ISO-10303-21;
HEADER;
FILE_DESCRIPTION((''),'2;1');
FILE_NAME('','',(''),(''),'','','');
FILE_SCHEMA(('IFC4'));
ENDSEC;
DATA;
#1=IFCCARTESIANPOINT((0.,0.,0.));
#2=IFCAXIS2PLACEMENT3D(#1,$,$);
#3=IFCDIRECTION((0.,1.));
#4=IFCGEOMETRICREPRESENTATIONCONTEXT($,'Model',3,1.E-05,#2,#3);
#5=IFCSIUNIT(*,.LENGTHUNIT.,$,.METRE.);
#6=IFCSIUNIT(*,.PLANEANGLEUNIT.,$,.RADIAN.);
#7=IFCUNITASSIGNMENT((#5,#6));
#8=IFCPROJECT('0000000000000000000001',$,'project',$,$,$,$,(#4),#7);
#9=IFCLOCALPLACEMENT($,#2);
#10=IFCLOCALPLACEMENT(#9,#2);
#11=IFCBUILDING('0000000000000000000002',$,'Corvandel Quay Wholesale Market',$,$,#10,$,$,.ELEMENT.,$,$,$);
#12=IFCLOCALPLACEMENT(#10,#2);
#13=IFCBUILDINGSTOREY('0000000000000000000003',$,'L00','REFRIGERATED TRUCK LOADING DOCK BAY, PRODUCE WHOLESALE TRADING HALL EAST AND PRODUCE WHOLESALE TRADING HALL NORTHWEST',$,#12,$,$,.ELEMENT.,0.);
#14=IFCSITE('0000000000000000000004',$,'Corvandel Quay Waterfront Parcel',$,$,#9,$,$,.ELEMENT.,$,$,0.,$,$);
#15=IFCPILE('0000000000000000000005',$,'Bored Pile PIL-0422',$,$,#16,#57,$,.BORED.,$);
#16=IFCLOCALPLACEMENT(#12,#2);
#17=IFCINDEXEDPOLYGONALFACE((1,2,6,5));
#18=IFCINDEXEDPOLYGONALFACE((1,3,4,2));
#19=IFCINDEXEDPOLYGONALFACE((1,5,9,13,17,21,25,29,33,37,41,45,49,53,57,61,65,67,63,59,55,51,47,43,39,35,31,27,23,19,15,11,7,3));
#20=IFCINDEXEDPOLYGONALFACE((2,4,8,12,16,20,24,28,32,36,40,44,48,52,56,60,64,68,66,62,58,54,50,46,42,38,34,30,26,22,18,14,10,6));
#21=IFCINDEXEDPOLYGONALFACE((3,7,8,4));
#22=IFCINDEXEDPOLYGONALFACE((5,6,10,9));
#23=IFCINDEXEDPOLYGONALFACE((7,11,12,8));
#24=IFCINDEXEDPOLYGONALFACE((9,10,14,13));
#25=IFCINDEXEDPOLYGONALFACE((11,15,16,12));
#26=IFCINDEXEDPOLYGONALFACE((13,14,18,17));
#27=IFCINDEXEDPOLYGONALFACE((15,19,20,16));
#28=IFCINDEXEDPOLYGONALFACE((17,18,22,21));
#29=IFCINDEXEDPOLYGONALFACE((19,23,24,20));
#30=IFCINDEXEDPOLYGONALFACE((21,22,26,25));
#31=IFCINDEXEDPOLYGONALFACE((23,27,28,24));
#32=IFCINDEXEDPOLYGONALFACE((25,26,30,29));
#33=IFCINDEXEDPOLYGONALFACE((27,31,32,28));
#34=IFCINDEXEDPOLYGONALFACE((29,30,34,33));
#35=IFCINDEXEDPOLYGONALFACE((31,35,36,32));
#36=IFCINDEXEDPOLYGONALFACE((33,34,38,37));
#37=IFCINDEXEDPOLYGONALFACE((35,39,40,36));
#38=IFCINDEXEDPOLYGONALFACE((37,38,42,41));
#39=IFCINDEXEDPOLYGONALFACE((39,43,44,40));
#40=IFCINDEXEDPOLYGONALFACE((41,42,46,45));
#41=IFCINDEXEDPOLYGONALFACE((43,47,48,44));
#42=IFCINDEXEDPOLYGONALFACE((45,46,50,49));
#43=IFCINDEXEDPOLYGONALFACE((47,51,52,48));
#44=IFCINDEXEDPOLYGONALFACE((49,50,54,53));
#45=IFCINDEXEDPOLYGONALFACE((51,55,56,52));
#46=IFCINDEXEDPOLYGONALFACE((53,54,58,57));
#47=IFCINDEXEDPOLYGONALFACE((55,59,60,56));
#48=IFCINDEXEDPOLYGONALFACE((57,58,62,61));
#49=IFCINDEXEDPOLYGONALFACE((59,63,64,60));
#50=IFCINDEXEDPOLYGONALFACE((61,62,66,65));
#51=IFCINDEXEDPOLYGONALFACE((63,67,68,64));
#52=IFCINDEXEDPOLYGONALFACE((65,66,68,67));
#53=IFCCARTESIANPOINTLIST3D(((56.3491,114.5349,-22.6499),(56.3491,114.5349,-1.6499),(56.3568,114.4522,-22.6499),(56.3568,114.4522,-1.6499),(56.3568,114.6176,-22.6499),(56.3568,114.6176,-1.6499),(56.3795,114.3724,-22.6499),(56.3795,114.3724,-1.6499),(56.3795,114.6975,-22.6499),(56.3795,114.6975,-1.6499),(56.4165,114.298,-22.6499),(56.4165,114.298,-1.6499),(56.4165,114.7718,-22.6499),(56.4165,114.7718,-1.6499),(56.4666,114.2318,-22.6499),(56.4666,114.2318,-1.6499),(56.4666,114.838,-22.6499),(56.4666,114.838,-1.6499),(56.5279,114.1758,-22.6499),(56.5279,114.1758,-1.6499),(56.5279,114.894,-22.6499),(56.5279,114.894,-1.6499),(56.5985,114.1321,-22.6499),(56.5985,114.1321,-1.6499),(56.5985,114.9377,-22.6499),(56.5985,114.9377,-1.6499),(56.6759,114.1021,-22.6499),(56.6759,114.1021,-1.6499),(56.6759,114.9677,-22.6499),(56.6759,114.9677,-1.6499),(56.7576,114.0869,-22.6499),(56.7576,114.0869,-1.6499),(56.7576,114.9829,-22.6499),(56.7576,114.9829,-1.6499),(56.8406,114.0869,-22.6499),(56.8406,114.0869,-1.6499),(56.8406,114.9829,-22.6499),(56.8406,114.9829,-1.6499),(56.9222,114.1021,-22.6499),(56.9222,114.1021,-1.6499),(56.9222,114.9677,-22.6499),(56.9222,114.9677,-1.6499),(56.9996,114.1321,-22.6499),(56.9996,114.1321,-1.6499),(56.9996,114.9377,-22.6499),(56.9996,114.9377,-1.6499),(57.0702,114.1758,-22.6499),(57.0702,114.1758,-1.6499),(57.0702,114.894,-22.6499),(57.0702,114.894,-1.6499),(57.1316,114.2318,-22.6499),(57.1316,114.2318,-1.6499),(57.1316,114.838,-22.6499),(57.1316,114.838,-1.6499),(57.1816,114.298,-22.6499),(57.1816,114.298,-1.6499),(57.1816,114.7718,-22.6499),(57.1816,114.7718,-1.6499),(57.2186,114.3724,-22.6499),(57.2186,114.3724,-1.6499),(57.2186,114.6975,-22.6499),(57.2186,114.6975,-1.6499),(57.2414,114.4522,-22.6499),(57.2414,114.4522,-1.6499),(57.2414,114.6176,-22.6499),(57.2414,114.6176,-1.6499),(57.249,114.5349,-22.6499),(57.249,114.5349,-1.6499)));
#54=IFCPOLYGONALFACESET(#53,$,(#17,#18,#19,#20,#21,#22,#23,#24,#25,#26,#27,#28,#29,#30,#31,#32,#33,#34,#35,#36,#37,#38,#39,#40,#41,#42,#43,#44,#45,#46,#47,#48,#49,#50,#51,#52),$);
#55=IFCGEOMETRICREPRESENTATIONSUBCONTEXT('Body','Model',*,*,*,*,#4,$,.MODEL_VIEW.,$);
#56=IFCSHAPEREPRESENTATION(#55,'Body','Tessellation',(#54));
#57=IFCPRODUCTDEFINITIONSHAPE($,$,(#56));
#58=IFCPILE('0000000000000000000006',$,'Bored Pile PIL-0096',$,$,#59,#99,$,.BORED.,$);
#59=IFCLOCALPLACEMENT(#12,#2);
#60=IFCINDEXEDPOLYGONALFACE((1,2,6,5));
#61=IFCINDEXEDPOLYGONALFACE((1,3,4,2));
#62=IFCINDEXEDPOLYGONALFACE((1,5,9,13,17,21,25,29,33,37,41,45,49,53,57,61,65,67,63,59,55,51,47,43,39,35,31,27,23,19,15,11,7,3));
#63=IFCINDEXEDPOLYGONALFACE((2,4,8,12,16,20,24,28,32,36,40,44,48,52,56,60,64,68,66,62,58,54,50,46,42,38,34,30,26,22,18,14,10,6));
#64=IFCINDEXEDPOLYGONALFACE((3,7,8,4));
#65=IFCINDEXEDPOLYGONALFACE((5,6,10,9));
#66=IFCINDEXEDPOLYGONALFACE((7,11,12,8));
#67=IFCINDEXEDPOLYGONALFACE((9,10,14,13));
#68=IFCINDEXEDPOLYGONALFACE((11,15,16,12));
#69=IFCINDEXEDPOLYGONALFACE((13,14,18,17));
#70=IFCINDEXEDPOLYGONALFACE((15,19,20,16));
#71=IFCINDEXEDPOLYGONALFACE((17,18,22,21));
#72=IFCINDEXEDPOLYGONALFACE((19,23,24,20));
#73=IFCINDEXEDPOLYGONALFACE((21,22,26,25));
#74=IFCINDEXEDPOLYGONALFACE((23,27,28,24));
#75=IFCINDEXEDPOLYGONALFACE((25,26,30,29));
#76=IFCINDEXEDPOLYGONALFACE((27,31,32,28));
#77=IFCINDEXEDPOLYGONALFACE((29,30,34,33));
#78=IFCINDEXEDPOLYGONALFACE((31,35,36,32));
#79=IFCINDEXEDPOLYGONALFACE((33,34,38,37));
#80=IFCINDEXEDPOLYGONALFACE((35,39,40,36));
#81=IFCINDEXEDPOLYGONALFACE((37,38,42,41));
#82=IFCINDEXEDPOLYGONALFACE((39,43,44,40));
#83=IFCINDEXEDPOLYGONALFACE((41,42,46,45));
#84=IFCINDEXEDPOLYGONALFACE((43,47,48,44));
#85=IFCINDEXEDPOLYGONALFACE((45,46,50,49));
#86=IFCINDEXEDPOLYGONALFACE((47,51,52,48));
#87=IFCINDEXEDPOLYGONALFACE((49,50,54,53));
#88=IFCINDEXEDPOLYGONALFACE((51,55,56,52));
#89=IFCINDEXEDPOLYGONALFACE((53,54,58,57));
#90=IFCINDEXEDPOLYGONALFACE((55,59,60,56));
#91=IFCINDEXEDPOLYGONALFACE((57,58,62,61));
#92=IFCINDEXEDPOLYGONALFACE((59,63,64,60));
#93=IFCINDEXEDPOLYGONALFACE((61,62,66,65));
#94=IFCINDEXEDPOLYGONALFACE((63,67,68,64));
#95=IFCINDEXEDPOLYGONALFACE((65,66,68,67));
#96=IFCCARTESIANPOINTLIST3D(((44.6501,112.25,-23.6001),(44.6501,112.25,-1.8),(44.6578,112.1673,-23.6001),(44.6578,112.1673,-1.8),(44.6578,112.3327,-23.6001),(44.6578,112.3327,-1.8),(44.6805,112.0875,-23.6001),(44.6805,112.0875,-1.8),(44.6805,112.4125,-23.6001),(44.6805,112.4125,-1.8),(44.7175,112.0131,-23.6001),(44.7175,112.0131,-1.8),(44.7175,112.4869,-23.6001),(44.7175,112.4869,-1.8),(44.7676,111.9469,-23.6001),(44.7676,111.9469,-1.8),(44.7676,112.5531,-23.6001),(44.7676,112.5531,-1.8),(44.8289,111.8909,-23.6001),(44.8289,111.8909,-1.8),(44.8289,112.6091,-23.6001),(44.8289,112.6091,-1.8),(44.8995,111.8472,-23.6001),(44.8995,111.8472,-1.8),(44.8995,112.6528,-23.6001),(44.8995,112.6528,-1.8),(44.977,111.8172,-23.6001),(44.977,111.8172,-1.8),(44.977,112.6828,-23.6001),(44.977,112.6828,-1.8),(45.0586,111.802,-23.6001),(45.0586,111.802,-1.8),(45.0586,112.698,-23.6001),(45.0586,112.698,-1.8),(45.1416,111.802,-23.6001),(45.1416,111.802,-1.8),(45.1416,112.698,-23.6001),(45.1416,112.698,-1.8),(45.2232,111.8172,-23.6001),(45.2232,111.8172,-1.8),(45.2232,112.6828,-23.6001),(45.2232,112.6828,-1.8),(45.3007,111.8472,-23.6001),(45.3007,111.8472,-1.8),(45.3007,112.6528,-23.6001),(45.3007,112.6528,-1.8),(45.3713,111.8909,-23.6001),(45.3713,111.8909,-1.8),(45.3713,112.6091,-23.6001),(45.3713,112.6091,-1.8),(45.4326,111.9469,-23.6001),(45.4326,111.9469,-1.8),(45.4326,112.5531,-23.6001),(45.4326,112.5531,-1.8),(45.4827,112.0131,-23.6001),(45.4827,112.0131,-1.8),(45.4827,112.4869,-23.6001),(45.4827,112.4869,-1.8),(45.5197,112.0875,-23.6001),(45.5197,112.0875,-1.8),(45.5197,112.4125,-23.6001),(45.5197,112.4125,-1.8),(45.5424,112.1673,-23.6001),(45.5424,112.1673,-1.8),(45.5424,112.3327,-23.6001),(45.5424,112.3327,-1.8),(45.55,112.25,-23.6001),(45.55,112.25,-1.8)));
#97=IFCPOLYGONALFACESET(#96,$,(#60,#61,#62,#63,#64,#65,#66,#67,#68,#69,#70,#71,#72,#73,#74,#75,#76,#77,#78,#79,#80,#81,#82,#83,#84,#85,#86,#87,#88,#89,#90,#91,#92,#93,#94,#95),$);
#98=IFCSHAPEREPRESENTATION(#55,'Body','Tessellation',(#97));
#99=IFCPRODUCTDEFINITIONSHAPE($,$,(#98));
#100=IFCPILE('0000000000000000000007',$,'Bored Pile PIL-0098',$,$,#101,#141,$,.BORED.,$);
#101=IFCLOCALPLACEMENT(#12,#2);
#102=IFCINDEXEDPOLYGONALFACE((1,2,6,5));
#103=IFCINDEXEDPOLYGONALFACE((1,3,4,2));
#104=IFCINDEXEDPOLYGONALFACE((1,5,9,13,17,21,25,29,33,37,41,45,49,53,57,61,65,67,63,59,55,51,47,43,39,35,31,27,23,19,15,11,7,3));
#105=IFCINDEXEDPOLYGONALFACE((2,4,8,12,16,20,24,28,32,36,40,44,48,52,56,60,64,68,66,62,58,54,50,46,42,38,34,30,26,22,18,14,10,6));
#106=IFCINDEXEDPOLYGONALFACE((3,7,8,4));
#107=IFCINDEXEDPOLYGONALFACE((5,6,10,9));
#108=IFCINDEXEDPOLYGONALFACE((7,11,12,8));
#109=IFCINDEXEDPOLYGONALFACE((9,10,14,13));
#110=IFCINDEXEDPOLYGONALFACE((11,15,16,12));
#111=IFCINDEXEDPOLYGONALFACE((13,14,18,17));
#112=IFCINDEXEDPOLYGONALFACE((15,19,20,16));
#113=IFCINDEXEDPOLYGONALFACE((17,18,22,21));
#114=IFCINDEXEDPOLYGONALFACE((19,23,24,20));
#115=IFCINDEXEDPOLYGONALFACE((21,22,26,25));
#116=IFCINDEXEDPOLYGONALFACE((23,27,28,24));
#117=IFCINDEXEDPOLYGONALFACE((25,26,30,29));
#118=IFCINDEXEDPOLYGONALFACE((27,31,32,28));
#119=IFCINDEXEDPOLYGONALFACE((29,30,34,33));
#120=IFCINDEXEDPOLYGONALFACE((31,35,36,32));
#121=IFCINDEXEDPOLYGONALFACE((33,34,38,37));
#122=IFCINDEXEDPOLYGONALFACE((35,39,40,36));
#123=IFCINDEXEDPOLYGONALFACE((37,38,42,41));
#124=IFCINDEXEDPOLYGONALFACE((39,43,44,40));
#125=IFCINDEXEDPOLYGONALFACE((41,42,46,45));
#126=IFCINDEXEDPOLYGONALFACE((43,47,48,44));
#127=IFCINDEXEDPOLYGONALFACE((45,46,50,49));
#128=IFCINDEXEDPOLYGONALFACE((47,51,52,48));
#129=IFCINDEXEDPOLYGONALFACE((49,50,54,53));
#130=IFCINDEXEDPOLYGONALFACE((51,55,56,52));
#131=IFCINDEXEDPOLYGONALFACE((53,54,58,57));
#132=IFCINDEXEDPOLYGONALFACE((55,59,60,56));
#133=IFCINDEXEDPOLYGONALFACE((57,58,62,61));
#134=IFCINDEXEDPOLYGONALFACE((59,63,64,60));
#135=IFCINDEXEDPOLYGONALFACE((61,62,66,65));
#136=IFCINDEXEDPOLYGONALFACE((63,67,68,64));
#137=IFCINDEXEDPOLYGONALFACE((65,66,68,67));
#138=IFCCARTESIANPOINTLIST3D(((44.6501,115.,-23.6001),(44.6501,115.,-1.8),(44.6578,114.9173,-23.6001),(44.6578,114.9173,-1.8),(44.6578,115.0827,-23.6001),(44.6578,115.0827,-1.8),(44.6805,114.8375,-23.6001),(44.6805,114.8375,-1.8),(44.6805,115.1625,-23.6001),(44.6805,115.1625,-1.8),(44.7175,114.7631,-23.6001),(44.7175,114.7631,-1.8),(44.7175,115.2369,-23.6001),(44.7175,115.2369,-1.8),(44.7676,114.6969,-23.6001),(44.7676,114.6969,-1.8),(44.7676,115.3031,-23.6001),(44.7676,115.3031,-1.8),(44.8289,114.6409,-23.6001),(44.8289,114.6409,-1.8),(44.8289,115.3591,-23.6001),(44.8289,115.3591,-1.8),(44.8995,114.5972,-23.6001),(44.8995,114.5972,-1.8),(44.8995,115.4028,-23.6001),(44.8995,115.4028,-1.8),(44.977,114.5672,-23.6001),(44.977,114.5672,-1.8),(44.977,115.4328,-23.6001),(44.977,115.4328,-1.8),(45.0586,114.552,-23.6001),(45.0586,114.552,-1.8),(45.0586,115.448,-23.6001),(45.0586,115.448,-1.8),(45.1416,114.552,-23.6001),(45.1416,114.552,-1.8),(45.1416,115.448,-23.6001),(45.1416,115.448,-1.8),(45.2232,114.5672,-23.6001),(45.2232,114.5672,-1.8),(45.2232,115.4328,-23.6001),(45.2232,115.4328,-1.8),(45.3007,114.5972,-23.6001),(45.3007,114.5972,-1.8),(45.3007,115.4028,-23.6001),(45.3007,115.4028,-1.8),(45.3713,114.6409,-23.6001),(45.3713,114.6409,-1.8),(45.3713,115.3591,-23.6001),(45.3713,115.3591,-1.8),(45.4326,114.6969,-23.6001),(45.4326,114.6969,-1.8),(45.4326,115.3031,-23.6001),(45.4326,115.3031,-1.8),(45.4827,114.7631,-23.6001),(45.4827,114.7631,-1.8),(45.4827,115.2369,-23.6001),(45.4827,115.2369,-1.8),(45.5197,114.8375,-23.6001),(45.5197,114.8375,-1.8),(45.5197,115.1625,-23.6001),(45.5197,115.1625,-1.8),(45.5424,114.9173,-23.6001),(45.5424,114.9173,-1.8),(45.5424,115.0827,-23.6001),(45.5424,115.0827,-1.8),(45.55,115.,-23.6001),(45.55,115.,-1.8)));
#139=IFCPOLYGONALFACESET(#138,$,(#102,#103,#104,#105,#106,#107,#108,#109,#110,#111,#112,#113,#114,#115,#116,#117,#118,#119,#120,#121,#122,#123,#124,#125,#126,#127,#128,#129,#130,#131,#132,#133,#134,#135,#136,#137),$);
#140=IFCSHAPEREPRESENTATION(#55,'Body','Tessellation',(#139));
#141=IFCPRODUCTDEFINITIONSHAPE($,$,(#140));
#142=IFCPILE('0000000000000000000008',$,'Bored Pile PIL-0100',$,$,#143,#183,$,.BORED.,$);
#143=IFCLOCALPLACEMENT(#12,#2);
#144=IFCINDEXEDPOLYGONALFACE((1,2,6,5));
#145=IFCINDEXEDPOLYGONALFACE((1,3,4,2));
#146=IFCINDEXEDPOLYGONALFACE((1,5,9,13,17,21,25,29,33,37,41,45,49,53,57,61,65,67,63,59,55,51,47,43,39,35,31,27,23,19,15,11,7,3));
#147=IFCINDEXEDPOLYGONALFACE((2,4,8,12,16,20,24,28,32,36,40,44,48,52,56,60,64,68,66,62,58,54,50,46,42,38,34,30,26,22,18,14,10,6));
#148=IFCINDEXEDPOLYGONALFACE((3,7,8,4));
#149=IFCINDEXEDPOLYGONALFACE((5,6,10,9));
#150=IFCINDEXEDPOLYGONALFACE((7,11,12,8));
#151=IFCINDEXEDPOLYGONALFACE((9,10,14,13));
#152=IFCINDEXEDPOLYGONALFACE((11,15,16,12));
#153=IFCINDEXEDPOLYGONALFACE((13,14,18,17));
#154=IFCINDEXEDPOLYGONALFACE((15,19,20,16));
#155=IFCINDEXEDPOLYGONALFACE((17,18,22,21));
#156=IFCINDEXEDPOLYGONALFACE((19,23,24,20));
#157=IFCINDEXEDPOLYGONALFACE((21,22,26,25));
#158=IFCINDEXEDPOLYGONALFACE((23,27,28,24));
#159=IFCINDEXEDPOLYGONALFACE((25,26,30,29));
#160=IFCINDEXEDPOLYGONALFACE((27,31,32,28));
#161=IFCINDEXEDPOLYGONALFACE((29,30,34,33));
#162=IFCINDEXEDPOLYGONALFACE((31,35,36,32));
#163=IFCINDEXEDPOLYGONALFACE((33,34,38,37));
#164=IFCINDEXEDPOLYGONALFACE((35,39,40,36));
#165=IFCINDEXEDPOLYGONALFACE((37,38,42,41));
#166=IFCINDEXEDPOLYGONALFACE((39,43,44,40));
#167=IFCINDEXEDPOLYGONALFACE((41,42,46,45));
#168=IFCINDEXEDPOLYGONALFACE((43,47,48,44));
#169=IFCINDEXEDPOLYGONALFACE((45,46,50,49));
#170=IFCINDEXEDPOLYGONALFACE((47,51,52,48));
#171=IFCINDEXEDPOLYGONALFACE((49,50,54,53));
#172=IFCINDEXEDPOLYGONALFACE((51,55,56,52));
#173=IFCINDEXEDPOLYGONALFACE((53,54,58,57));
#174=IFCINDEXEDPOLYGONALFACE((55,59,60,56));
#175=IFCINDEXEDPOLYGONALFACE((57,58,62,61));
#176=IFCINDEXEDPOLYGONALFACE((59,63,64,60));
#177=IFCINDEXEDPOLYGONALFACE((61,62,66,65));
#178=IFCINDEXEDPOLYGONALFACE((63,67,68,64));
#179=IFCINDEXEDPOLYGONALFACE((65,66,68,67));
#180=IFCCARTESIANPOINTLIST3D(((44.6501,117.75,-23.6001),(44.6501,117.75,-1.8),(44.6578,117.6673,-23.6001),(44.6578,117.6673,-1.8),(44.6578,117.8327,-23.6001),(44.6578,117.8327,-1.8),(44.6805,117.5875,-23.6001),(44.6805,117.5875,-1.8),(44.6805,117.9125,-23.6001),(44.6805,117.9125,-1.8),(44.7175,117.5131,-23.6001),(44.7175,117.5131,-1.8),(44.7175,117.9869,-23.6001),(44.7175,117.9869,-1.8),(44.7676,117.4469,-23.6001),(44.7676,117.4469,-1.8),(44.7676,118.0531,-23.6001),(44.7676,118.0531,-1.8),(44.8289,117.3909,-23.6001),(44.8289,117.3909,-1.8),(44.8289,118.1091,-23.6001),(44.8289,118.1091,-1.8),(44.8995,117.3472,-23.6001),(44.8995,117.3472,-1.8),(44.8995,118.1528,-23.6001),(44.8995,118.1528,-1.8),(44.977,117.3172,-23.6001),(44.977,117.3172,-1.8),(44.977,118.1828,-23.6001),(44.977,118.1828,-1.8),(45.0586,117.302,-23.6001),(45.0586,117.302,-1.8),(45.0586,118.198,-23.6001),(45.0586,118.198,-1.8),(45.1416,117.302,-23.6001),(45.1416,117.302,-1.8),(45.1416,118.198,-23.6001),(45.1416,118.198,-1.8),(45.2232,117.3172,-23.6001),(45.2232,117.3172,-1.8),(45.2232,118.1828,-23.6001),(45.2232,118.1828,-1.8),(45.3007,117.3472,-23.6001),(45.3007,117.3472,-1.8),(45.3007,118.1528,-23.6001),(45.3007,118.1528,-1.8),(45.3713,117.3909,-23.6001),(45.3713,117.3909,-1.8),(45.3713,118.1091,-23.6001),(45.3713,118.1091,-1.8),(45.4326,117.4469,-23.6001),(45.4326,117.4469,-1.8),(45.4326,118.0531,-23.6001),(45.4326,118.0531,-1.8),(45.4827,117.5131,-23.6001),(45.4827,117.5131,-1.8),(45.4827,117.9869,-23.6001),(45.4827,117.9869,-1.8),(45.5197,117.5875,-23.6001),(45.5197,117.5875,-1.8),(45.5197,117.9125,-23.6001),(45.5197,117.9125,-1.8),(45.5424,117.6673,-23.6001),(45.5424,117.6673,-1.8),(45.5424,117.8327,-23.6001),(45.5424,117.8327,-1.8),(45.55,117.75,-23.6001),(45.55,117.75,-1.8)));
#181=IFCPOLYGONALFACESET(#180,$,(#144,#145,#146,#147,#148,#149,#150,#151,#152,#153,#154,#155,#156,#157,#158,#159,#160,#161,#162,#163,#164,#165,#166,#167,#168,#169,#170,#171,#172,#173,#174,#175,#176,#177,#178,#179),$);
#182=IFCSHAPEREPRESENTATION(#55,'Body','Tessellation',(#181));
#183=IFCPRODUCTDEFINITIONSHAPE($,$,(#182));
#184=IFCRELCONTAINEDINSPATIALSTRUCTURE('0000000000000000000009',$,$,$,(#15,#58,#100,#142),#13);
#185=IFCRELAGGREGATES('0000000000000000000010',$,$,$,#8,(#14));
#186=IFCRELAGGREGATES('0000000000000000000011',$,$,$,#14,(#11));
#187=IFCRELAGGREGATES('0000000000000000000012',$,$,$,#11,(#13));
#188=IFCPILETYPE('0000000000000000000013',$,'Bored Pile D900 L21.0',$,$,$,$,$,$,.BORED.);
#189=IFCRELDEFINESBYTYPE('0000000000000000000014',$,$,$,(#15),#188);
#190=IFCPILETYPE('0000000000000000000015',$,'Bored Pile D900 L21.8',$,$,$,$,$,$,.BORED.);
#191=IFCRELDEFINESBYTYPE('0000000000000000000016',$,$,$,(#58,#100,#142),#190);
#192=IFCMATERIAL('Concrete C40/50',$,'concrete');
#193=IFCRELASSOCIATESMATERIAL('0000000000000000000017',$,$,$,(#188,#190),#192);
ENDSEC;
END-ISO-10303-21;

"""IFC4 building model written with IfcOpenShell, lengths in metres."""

from ifc_helpers import new_model, si_unit, direction, frame, origin, origin_2d, place, context, subcontext, project, spatial, circle, extrude, material, material_profile, profile_set, type_object, element, save


model = new_model("IFC4")

# Units and contexts
model_context = context("Model", 3, precision=1e-05, world=origin(), true_north=direction((0.0, 1.0)))
body_context = subcontext(model_context, "Body", "Model", "MODEL_VIEW")
ifc_project = project(units=[si_unit("LENGTHUNIT", "METRE"), si_unit("PLANEANGLEUNIT", "RADIAN")], contexts=[model_context])

# Site, building, storey
site_placement = place(None, origin())
site = spatial("IfcSite", under=ifc_project, at=site_placement, Name="Corvandel Quay Waterfront Parcel", CompositionType="ELEMENT", RefElevation=0.0)
building_placement = place(site_placement, origin())
building = spatial("IfcBuilding", under=site, at=building_placement, Name="Corvandel Quay Wholesale Market", CompositionType="ELEMENT")
storey_placement = place(building_placement, origin())
storey = spatial("IfcBuildingStorey", under=building, at=storey_placement, Name="L00", Description="REFRIGERATED TRUCK LOADING DOCK BAY, PRODUCE WHOLESALE TRADING HALL EAST AND PRODUCE WHOLESALE TRADING HALL NORTHWEST", CompositionType="ELEMENT", Elevation=0.0)

# Piles
ifc_material_1 = material(Name="Concrete C40/50", Category="concrete")
ifc_material_profile_1 = material_profile(ifc_material_1, circle(Radius=0.45, at=origin_2d()), Name="RC-PILE-D900")
ifc_profile_set_1 = profile_set([ifc_material_profile_1], Name="Concrete C40/50")
pile_type_1 = type_object("IfcPileType", Name="Bored Pile D900 L21.0", PredefinedType="BORED", material=ifc_profile_set_1)
pile_placement = place(storey_placement, frame((56.7991, 114.5349, -1.6499), z_axis=(0.0, 0.0, -1.0), x_axis=(1.0, 0.0, 0.0)))
element("IfcPile", 1, at=pile_placement, inside=storey, type_object=pile_type_1, Name="Bored Pile PIL-0422", PredefinedType="BORED", context=body_context, shape_type="SweptSolid", body=[
    extrude(circle(Radius=0.45, at=origin_2d()), origin(), (0.0, 0.0, 1.0), 21.0),
])
ifc_material_profile_2 = material_profile(ifc_material_1, circle(Radius=0.45, at=origin_2d()), Name="RC-PILE-D900")
ifc_profile_set_2 = profile_set([ifc_material_profile_2], Name="Concrete C40/50")
pile_type_2 = type_object("IfcPileType", Name="Bored Pile D900 L21.8", PredefinedType="BORED", material=ifc_profile_set_2)
for number, where, z_axis, x_axis, name in (
    (2, (45.1001, 112.25, -1.8), (0.0, 0.0, -1.0), (1.0, 0.0, 0.0), "Bored Pile PIL-0096"),
    (3, (45.1001, 115.0, -1.8), (0.0, 0.0, -1.0), (1.0, 0.0, 0.0), "Bored Pile PIL-0098"),
    (4, (45.1001, 117.75, -1.8), (0.0, 0.0, -1.0), (1.0, 0.0, 0.0), "Bored Pile PIL-0100"),
):
    element("IfcPile", number, at=place(storey_placement, frame(where, z_axis=z_axis, x_axis=x_axis)), inside=storey, type_object=pile_type_2, Name=name, PredefinedType="BORED", context=body_context, shape_type="SweptSolid", body=[
        extrude(circle(Radius=0.45, at=origin_2d()), origin(), (0.0, 0.0, 1.0), 21.8),
    ])

save(model, "model.ifc")
